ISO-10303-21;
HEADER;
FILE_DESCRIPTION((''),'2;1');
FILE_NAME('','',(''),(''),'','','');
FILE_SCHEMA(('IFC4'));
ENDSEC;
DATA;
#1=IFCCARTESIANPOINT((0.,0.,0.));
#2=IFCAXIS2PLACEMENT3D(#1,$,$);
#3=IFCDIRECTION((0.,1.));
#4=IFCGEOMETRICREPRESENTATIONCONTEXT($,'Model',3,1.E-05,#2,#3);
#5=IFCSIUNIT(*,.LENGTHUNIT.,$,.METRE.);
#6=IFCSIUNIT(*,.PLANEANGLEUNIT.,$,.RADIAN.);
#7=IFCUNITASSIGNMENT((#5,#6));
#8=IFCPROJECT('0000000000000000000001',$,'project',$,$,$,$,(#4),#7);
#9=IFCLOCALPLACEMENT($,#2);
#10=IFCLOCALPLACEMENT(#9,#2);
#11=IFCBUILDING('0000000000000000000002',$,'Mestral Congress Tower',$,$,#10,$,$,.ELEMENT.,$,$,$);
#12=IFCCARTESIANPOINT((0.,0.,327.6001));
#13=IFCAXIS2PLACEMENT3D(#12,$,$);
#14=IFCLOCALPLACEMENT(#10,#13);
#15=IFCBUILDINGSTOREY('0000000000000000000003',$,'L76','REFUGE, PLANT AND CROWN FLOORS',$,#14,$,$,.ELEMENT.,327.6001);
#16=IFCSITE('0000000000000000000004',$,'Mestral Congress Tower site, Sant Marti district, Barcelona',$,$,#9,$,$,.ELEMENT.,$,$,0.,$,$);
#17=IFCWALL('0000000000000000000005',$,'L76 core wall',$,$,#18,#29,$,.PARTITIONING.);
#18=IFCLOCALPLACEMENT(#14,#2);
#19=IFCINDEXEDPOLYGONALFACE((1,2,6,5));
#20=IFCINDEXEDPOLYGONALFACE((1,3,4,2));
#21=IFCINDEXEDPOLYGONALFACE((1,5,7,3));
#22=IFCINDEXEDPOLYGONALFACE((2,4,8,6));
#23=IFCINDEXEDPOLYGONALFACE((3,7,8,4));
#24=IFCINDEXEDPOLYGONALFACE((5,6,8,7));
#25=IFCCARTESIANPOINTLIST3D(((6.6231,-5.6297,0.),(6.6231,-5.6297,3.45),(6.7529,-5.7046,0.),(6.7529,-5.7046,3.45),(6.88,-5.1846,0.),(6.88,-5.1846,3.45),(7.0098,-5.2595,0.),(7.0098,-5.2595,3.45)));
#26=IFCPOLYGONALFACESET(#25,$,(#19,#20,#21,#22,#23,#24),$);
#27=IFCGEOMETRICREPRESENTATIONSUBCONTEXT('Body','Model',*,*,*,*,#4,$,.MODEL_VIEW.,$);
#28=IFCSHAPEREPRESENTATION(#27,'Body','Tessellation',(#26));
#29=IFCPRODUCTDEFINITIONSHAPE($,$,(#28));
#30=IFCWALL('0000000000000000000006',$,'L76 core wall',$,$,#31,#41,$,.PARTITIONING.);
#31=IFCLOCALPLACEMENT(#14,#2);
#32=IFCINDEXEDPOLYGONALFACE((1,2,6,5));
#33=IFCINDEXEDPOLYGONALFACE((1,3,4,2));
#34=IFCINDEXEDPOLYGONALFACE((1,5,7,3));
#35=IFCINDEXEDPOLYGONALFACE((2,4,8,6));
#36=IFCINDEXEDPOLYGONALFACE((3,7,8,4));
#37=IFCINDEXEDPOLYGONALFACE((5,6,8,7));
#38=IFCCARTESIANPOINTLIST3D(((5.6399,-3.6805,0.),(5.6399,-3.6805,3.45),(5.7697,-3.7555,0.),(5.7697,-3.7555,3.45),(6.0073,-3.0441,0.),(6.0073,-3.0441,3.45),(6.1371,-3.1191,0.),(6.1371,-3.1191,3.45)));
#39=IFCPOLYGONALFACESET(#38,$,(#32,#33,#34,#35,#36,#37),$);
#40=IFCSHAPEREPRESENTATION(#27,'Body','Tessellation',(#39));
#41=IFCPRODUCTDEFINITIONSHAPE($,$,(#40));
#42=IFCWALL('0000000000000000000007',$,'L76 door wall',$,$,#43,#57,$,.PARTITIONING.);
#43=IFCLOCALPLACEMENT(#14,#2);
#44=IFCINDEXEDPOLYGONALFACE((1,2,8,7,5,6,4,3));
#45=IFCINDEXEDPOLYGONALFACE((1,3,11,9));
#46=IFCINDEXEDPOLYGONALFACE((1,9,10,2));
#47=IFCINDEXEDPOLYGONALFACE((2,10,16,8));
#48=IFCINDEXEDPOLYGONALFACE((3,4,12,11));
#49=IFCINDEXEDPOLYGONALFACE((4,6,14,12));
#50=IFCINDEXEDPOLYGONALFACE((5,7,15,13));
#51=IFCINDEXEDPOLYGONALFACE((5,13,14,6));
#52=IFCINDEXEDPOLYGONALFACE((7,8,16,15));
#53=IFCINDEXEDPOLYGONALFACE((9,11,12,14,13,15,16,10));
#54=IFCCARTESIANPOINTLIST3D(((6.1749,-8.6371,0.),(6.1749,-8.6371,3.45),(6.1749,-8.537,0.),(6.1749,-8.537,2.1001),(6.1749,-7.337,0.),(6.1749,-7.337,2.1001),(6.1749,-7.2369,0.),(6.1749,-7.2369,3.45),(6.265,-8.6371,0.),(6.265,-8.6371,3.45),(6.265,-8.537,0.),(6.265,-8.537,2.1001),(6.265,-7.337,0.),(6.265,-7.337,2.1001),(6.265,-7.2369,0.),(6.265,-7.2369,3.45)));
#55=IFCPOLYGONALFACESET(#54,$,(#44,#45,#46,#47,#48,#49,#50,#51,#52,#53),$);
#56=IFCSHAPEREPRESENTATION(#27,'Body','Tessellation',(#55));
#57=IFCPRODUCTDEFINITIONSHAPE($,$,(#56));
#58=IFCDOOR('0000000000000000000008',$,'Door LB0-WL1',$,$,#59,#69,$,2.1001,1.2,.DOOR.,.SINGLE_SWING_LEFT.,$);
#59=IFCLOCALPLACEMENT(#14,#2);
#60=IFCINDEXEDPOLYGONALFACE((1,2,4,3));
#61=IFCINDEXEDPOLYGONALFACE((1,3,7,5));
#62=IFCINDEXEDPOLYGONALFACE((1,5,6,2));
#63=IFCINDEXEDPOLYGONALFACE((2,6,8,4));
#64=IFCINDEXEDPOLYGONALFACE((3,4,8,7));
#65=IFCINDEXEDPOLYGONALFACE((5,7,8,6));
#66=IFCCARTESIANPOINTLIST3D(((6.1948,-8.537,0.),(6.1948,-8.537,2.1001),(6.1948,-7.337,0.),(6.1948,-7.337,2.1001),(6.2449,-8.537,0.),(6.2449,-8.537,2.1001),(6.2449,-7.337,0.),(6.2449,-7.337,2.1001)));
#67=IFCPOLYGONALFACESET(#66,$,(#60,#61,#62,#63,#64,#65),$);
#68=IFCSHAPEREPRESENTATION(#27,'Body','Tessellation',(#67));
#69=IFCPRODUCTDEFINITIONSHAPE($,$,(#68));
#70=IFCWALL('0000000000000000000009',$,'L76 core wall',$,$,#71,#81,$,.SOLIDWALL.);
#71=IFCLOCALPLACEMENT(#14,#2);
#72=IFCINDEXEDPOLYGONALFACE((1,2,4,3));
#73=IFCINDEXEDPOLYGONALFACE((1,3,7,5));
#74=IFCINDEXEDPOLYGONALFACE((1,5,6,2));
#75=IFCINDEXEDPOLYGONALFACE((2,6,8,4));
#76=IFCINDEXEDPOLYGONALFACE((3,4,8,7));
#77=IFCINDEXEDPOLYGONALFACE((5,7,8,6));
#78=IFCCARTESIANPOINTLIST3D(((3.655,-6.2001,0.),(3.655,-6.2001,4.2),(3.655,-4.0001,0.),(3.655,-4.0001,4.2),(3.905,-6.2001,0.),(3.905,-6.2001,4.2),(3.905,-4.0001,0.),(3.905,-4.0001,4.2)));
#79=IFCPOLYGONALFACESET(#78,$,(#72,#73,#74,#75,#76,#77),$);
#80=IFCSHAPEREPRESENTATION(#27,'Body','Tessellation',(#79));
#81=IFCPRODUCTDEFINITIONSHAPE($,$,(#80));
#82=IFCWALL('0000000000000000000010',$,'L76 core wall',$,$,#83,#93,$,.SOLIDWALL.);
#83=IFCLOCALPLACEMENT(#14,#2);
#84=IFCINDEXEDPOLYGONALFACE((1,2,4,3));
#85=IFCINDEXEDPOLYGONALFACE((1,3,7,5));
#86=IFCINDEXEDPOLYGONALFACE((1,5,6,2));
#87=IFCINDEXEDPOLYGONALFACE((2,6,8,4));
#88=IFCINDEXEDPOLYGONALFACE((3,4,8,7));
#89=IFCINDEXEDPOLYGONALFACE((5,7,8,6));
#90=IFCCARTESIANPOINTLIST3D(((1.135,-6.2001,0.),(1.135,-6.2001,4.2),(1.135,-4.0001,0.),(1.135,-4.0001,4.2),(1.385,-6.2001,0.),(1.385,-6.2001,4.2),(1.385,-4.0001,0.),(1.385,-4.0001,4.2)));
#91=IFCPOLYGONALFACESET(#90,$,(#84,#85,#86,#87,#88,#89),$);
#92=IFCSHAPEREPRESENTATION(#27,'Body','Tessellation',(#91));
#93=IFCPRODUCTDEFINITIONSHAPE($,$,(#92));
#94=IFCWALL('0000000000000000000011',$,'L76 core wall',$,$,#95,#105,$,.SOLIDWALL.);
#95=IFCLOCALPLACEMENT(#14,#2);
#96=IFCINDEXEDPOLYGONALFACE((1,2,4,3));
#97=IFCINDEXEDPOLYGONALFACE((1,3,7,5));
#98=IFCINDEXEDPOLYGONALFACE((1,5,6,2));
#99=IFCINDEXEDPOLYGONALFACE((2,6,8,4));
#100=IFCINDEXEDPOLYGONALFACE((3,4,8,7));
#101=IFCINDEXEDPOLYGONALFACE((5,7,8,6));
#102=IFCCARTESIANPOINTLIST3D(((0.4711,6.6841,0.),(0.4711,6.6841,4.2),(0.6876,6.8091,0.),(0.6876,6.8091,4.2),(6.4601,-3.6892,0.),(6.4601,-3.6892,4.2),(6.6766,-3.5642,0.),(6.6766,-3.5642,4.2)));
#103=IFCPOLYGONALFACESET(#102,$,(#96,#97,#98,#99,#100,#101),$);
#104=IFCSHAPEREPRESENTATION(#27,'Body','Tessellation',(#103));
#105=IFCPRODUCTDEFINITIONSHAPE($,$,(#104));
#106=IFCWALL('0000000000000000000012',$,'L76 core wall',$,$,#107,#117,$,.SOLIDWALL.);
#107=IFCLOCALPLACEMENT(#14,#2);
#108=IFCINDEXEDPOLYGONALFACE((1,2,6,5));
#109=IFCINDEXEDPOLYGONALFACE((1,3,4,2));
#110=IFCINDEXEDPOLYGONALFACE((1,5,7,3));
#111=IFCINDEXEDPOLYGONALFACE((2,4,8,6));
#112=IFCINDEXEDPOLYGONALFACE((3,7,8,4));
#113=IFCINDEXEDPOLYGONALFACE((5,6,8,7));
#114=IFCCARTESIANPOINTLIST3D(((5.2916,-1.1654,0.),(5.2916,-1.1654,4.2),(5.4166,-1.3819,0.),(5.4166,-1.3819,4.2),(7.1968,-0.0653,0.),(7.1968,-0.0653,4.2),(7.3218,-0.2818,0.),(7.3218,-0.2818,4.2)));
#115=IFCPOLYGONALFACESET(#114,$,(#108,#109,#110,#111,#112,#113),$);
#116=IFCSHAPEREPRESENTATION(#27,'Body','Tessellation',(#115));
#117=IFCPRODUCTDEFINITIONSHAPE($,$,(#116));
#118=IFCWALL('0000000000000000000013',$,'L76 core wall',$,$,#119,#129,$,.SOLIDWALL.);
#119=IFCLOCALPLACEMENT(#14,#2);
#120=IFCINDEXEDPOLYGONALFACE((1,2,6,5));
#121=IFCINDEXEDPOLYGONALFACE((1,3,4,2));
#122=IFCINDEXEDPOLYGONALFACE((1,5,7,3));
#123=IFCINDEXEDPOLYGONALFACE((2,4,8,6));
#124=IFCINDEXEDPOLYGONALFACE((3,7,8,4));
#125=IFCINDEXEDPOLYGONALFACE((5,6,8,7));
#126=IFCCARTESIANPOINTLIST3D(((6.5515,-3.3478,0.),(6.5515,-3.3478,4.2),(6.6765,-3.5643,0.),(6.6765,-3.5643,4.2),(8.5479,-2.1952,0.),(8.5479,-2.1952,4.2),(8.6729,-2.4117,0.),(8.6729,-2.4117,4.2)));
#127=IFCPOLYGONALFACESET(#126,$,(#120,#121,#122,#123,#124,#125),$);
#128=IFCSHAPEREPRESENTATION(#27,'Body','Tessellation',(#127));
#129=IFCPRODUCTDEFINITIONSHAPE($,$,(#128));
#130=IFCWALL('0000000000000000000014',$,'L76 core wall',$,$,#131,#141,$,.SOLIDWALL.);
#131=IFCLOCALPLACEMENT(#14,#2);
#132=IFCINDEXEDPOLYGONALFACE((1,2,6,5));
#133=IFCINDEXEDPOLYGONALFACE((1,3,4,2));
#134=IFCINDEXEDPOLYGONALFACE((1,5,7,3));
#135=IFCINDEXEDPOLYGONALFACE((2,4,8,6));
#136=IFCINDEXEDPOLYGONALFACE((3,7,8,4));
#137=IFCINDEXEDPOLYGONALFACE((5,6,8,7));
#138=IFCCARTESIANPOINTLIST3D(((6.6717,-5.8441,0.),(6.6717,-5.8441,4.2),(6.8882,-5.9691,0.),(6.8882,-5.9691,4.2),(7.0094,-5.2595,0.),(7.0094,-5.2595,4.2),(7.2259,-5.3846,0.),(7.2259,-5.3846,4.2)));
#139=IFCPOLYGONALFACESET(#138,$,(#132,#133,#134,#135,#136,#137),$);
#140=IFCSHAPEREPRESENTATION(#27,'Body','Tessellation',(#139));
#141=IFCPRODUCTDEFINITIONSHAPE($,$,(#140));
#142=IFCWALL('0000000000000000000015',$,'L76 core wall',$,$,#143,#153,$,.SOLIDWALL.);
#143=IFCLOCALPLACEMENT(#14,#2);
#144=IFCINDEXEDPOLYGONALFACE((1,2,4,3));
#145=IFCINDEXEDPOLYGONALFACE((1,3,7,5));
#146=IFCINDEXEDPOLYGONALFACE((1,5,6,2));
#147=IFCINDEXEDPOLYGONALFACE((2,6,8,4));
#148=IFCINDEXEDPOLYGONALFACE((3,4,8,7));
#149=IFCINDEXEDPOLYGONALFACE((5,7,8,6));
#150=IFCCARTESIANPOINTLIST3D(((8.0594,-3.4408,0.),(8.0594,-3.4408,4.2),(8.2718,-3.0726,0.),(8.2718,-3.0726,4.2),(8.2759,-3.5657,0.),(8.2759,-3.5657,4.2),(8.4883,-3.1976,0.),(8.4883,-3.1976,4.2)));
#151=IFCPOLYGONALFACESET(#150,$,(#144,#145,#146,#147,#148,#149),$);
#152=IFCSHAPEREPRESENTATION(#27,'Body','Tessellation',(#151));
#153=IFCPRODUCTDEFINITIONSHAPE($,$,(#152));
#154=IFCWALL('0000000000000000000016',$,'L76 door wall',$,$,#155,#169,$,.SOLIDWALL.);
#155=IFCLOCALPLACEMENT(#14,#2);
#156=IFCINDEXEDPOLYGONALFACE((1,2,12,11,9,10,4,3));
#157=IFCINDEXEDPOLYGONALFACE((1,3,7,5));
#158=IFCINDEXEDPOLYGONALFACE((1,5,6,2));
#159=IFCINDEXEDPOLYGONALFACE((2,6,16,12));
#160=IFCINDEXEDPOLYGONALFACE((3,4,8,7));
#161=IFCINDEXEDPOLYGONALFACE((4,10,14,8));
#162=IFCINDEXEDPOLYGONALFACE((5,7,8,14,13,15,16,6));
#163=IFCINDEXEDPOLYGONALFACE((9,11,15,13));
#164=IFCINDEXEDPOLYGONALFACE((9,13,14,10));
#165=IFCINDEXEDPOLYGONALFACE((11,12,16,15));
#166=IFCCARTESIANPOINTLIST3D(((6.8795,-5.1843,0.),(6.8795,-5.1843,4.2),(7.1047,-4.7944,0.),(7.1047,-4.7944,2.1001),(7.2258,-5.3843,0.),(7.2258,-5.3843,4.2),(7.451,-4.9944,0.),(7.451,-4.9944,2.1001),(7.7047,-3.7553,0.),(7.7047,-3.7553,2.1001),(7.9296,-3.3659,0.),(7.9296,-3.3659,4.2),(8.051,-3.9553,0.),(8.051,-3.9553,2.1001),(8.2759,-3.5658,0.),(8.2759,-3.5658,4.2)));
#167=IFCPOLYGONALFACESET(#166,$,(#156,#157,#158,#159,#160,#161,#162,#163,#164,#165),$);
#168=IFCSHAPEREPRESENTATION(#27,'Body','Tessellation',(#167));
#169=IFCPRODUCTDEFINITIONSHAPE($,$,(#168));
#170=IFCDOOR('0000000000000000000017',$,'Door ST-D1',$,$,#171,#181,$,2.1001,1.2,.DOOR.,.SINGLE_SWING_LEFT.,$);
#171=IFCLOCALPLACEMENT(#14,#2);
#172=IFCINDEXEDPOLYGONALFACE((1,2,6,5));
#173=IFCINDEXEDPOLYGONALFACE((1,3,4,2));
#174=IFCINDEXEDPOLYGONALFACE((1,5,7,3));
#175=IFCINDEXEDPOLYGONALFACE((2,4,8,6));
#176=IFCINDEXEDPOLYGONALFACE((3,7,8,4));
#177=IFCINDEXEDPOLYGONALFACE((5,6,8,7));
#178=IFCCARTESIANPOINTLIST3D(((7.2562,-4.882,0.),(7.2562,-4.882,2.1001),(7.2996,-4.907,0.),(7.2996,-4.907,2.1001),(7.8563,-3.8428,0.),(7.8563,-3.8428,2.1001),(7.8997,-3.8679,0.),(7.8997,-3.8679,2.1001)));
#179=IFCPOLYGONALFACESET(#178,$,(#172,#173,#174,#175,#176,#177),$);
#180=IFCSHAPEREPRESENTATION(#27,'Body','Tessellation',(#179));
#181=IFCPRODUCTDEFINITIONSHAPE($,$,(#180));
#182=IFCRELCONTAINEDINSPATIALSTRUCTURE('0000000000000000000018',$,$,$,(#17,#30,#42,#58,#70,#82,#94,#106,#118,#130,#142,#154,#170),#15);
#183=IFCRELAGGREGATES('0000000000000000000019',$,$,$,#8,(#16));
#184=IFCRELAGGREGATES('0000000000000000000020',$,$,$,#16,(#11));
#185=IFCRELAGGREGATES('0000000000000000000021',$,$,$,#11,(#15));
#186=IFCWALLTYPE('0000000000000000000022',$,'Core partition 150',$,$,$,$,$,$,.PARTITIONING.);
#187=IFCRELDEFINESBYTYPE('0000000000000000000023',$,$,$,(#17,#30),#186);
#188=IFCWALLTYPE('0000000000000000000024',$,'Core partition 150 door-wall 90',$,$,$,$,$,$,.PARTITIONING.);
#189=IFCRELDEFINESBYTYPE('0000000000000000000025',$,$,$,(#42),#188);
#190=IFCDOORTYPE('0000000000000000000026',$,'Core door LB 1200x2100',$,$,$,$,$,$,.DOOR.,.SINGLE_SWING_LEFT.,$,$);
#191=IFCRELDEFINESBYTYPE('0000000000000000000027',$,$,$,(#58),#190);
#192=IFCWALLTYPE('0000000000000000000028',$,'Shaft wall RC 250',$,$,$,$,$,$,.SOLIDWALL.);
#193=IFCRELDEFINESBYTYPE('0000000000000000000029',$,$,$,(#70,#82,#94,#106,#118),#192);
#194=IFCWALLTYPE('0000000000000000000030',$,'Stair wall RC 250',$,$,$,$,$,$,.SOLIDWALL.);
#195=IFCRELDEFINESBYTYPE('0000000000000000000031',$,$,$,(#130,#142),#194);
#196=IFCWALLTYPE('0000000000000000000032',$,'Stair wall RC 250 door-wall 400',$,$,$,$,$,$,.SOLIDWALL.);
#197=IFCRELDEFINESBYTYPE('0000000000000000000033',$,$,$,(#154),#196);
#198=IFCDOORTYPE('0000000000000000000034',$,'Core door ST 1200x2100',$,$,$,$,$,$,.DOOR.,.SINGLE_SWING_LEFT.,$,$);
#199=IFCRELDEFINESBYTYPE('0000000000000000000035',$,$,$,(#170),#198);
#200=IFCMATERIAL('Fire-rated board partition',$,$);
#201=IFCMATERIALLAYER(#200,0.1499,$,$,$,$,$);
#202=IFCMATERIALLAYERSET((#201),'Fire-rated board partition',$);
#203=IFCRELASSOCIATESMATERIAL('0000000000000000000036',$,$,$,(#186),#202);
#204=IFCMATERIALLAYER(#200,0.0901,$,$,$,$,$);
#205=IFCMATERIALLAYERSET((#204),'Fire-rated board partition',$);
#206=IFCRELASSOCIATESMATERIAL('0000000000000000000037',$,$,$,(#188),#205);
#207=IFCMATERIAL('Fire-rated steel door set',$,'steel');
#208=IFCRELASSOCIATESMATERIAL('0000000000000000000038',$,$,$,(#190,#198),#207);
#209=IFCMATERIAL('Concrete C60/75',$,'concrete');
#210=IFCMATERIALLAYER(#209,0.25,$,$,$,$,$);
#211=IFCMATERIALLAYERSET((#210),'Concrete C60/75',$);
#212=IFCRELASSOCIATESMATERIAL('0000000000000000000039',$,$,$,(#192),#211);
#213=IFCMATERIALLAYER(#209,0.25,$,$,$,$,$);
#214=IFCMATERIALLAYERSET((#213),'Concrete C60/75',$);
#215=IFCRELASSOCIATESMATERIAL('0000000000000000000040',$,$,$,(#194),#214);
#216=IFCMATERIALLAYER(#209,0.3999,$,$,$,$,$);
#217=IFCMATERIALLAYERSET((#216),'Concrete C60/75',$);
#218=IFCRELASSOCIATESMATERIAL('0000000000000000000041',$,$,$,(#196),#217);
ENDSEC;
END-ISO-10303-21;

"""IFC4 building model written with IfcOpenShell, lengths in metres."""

from ifc_helpers import new_model, si_unit, direction, frame, frame_2d, origin, place, context, subcontext, project, spatial, rectangle, extrude, material, layer, layer_set, type_object, element, fill, save


model = new_model("IFC4")

# Units and contexts
model_context = context("Model", 3, precision=1e-05, world=origin(), true_north=direction((0.0, 1.0)))
body_context = subcontext(model_context, "Body", "Model", "MODEL_VIEW")
ifc_project = project(units=[si_unit("LENGTHUNIT", "METRE"), si_unit("PLANEANGLEUNIT", "RADIAN")], contexts=[model_context])

# Site, building, storey
site_placement = place(None, origin())
site = spatial("IfcSite", under=ifc_project, at=site_placement, Name="Mestral Congress Tower site, Sant Marti district, Barcelona", CompositionType="ELEMENT", RefElevation=0.0)
building_placement = place(site_placement, origin())
building = spatial("IfcBuilding", under=site, at=building_placement, Name="Mestral Congress Tower", CompositionType="ELEMENT")
storey_placement = place(building_placement, frame((0.0, 0.0, 327.6001)))
storey = spatial("IfcBuildingStorey", under=building, at=storey_placement, Name="L76", Description="REFUGE, PLANT AND CROWN FLOORS", CompositionType="ELEMENT", Elevation=327.6001)

# Walls
ifc_material_1 = material(Name="Fire-rated board partition")
ifc_layer_1 = layer(ifc_material_1, 0.1499)
ifc_layer_set_1 = layer_set([ifc_layer_1], Name="Fire-rated board partition")
wall_type_1 = type_object("IfcWallType", Name="Core partition 150", PredefinedType="PARTITIONING", material=ifc_layer_set_1)
wall_1_placement = place(storey_placement, frame((6.9448, -5.2222, 0.0), z_axis=(0.0, 0.0, 1.0), x_axis=(-0.499818, -0.86613, 0.0)))
element("IfcWall", 1, at=wall_1_placement, inside=storey, type_object=wall_type_1, Name="L76 core wall", PredefinedType="PARTITIONING", context=body_context, shape_type="SweptSolid", body=[
    extrude(rectangle(XDim=0.5139, YDim=0.1499, at=frame_2d((0.2568, 0.0))), origin(), (0.0, 0.0, 1.0), 3.45),
])
wall_2_placement = place(storey_placement, frame((5.7048, -3.718, 0.0), z_axis=(0.0, 0.0, 1.0), x_axis=(0.499962, 0.866047, 0.0)))
element("IfcWall", 2, at=wall_2_placement, inside=storey, type_object=wall_type_1, Name="L76 core wall", PredefinedType="PARTITIONING", context=body_context, shape_type="SweptSolid", body=[
    extrude(rectangle(XDim=0.7349, YDim=0.1499, at=frame_2d((0.3674, 0.0))), origin(), (0.0, 0.0, 1.0), 3.45),
])

# Wall, opening, door
ifc_layer_2 = layer(ifc_material_1, 0.0901)
ifc_layer_set_2 = layer_set([ifc_layer_2], Name="Fire-rated board partition")
wall_type_2 = type_object("IfcWallType", Name="Core partition 150 door-wall 90", PredefinedType="PARTITIONING", material=ifc_layer_set_2)
wall_3_placement = place(storey_placement, frame((6.22, -7.2368, 0.0), z_axis=(0.0, 0.0, 1.0), x_axis=(0.0, -1.0, 0.0)))
wall_3 = element("IfcWall", 3, at=wall_3_placement, inside=storey, type_object=wall_type_2, Name="L76 door wall", PredefinedType="PARTITIONING", context=body_context, shape_type="SweptSolid", body=[
    extrude(rectangle(XDim=1.4001, YDim=0.0901, at=frame_2d((0.7002, 0.0))), origin(), (0.0, 0.0, 1.0), 3.45),
])
opening_1_placement = place(wall_3_placement, frame((0.1001, 0.0, 0.0)))
opening_1 = element("IfcOpeningElement", 4, at=opening_1_placement, cuts=wall_3, PredefinedType="OPENING", context=body_context, shape_type="SweptSolid", body=[
    extrude(rectangle(XDim=1.2, YDim=2.1001, at=frame_2d((0.6001, 1.05))), frame((0.0, 0.0549, 0.0), z_axis=(0.0, -1.0, 0.0), x_axis=(1.0, 0.0, 0.0)), (0.0, 0.0, 1.0), 0.1101),
])
ifc_material_2 = material(Name="Fire-rated steel door set", Category="steel")
door_type_1 = type_object("IfcDoorType", Name="Core door LB 1200x2100", OperationType="SINGLE_SWING_LEFT", PredefinedType="DOOR", material=ifc_material_2)
door_1_placement = place(opening_1_placement, origin())
door_1 = element("IfcDoor", 5, at=door_1_placement, inside=storey, type_object=door_type_1, Name="Door LB0-WL1", OperationType="SINGLE_SWING_LEFT", OverallHeight=2.1001, OverallWidth=1.2, PredefinedType="DOOR", context=body_context, shape_type="SweptSolid", body=[
    extrude(rectangle(XDim=1.2, YDim=2.1001, at=frame_2d((0.6001, 1.05))), frame((0.0, 0.0249, 0.0), z_axis=(0.0, -1.0, 0.0), x_axis=(1.0, 0.0, 0.0)), (0.0, 0.0, 1.0), 0.05),
])
fill(opening_1, door_1)

# Walls
ifc_material_3 = material(Name="Concrete C60/75", Category="concrete")
ifc_layer_3 = layer(ifc_material_3, 0.25)
ifc_layer_set_3 = layer_set([ifc_layer_3], Name="Concrete C60/75")
wall_type_3 = type_object("IfcWallType", Name="Shaft wall RC 250", PredefinedType="SOLIDWALL", material=ifc_layer_set_3)
for number, where, z_axis, x_axis, name in (
    (6, (3.78, -4.0, 0.0), (0.0, 0.0, 1.0), (0.0, -1.0, 0.0), "L76 core wall"),
    (7, (1.26, -4.0, 0.0), (0.0, 0.0, 1.0), (0.0, -1.0, 0.0), "L76 core wall"),
):
    element("IfcWall", number, at=place(storey_placement, frame(where, z_axis=z_axis, x_axis=x_axis)), inside=storey, type_object=wall_type_3, Name=name, PredefinedType="SOLIDWALL", context=body_context, shape_type="SweptSolid", body=[
        extrude(rectangle(XDim=2.2, YDim=0.25, at=frame_2d((1.1001, 0.0))), origin(), (0.0, 0.0, 1.0), 4.2),
    ])
wall_4_placement = place(storey_placement, frame((6.5684, -3.6267, 0.0), z_axis=(0.0, 0.0, 1.0), x_axis=(-0.499999, 0.866026, 0.0)))
element("IfcWall", 8, at=wall_4_placement, inside=storey, type_object=wall_type_3, Name="L76 core wall", PredefinedType="SOLIDWALL", context=body_context, shape_type="SweptSolid", body=[
    extrude(rectangle(XDim=11.978, YDim=0.25, at=frame_2d((5.989, 0.0))), origin(), (0.0, 0.0, 1.0), 4.2),
])
wall_5_placement = place(storey_placement, frame((5.354, -1.2737, 0.0), z_axis=(0.0, 0.0, 1.0), x_axis=(0.866008, 0.50003, 0.0)))
element("IfcWall", 9, at=wall_5_placement, inside=storey, type_object=wall_type_3, Name="L76 core wall", PredefinedType="SOLIDWALL", context=body_context, shape_type="SweptSolid", body=[
    extrude(rectangle(XDim=2.2, YDim=0.25, at=frame_2d((1.1001, 0.0))), origin(), (0.0, 0.0, 1.0), 4.2),
])
wall_6_placement = place(storey_placement, frame((6.614, -3.4561, 0.0), z_axis=(0.0, 0.0, 1.0), x_axis=(0.866025, 0.500001, 0.0)))
element("IfcWall", 10, at=wall_6_placement, inside=storey, type_object=wall_type_3, Name="L76 core wall", PredefinedType="SOLIDWALL", context=body_context, shape_type="SweptSolid", body=[
    extrude(rectangle(XDim=2.3052, YDim=0.25, at=frame_2d((1.1526, 0.0))), origin(), (0.0, 0.0, 1.0), 4.2),
])
ifc_layer_4 = layer(ifc_material_3, 0.25)
ifc_layer_set_4 = layer_set([ifc_layer_4], Name="Concrete C60/75")
wall_type_4 = type_object("IfcWallType", Name="Stair wall RC 250", PredefinedType="SOLIDWALL", material=ifc_layer_set_4)
wall_7_placement = place(storey_placement, frame((6.78, -5.9065, 0.0), z_axis=(0.0, 0.0, 1.0), x_axis=(0.500223, 0.865896, 0.0)))
element("IfcWall", 11, at=wall_7_placement, inside=storey, type_object=wall_type_4, Name="L76 core wall", PredefinedType="SOLIDWALL", context=body_context, shape_type="SweptSolid", body=[
    extrude(rectangle(XDim=0.675, YDim=0.25, at=frame_2d((0.3374, 0.0))), origin(), (0.0, 0.0, 1.0), 4.2),
])
wall_8_placement = place(storey_placement, frame((8.1677, -3.5032, 0.0), z_axis=(0.0, 0.0, 1.0), x_axis=(0.499722, 0.866186, 0.0)))
element("IfcWall", 12, at=wall_8_placement, inside=storey, type_object=wall_type_4, Name="L76 core wall", PredefinedType="SOLIDWALL", context=body_context, shape_type="SweptSolid", body=[
    extrude(rectangle(XDim=0.425, YDim=0.25, at=frame_2d((0.2124, 0.0))), origin(), (0.0, 0.0, 1.0), 4.2),
])

# Wall, opening, door
ifc_layer_5 = layer(ifc_material_3, 0.3999)
ifc_layer_set_5 = layer_set([ifc_layer_5], Name="Concrete C60/75")
wall_type_5 = type_object("IfcWallType", Name="Stair wall RC 250 door-wall 400", PredefinedType="SOLIDWALL", material=ifc_layer_set_5)
wall_9_placement = place(storey_placement, frame((7.0527, -5.2842, 0.0), z_axis=(0.0, 0.0, 1.0), x_axis=(0.500078, 0.86598, 0.0)))
wall_9 = element("IfcWall", 13, at=wall_9_placement, inside=storey, type_object=wall_type_5, Name="L76 door wall", PredefinedType="SOLIDWALL", context=body_context, shape_type="SweptSolid", body=[
    extrude(rectangle(XDim=2.0999, YDim=0.3999, at=frame_2d((1.0498, 0.0))), origin(), (0.0, 0.0, 1.0), 4.2),
])
opening_2_placement = place(wall_9_placement, frame((0.45, 0.0, 0.0)))
opening_2 = element("IfcOpeningElement", 14, at=opening_2_placement, cuts=wall_9, PredefinedType="OPENING", context=body_context, shape_type="SweptSolid", body=[
    extrude(rectangle(XDim=1.2, YDim=2.1001, at=frame_2d((0.6001, 1.05))), frame((0.0, 0.21, 0.0), z_axis=(0.0, -1.0, 0.0), x_axis=(1.0, 0.0, 0.0)), (0.0, 0.0, 1.0), 0.4199),
])
door_type_2 = type_object("IfcDoorType", Name="Core door ST 1200x2100", OperationType="SINGLE_SWING_LEFT", PredefinedType="DOOR", material=ifc_material_2)
door_2_placement = place(opening_2_placement, origin())
door_2 = element("IfcDoor", 15, at=door_2_placement, inside=storey, type_object=door_type_2, Name="Door ST-D1", OperationType="SINGLE_SWING_LEFT", OverallHeight=2.1001, OverallWidth=1.2, PredefinedType="DOOR", context=body_context, shape_type="SweptSolid", body=[
    extrude(rectangle(XDim=1.2, YDim=2.1001, at=frame_2d((0.6001, 1.05))), frame((0.0, 0.0249, 0.0), z_axis=(0.0, -1.0, 0.0), x_axis=(1.0, 0.0, 0.0)), (0.0, 0.0, 1.0), 0.05),
])
fill(opening_2, door_2)

save(model, "model.ifc")
